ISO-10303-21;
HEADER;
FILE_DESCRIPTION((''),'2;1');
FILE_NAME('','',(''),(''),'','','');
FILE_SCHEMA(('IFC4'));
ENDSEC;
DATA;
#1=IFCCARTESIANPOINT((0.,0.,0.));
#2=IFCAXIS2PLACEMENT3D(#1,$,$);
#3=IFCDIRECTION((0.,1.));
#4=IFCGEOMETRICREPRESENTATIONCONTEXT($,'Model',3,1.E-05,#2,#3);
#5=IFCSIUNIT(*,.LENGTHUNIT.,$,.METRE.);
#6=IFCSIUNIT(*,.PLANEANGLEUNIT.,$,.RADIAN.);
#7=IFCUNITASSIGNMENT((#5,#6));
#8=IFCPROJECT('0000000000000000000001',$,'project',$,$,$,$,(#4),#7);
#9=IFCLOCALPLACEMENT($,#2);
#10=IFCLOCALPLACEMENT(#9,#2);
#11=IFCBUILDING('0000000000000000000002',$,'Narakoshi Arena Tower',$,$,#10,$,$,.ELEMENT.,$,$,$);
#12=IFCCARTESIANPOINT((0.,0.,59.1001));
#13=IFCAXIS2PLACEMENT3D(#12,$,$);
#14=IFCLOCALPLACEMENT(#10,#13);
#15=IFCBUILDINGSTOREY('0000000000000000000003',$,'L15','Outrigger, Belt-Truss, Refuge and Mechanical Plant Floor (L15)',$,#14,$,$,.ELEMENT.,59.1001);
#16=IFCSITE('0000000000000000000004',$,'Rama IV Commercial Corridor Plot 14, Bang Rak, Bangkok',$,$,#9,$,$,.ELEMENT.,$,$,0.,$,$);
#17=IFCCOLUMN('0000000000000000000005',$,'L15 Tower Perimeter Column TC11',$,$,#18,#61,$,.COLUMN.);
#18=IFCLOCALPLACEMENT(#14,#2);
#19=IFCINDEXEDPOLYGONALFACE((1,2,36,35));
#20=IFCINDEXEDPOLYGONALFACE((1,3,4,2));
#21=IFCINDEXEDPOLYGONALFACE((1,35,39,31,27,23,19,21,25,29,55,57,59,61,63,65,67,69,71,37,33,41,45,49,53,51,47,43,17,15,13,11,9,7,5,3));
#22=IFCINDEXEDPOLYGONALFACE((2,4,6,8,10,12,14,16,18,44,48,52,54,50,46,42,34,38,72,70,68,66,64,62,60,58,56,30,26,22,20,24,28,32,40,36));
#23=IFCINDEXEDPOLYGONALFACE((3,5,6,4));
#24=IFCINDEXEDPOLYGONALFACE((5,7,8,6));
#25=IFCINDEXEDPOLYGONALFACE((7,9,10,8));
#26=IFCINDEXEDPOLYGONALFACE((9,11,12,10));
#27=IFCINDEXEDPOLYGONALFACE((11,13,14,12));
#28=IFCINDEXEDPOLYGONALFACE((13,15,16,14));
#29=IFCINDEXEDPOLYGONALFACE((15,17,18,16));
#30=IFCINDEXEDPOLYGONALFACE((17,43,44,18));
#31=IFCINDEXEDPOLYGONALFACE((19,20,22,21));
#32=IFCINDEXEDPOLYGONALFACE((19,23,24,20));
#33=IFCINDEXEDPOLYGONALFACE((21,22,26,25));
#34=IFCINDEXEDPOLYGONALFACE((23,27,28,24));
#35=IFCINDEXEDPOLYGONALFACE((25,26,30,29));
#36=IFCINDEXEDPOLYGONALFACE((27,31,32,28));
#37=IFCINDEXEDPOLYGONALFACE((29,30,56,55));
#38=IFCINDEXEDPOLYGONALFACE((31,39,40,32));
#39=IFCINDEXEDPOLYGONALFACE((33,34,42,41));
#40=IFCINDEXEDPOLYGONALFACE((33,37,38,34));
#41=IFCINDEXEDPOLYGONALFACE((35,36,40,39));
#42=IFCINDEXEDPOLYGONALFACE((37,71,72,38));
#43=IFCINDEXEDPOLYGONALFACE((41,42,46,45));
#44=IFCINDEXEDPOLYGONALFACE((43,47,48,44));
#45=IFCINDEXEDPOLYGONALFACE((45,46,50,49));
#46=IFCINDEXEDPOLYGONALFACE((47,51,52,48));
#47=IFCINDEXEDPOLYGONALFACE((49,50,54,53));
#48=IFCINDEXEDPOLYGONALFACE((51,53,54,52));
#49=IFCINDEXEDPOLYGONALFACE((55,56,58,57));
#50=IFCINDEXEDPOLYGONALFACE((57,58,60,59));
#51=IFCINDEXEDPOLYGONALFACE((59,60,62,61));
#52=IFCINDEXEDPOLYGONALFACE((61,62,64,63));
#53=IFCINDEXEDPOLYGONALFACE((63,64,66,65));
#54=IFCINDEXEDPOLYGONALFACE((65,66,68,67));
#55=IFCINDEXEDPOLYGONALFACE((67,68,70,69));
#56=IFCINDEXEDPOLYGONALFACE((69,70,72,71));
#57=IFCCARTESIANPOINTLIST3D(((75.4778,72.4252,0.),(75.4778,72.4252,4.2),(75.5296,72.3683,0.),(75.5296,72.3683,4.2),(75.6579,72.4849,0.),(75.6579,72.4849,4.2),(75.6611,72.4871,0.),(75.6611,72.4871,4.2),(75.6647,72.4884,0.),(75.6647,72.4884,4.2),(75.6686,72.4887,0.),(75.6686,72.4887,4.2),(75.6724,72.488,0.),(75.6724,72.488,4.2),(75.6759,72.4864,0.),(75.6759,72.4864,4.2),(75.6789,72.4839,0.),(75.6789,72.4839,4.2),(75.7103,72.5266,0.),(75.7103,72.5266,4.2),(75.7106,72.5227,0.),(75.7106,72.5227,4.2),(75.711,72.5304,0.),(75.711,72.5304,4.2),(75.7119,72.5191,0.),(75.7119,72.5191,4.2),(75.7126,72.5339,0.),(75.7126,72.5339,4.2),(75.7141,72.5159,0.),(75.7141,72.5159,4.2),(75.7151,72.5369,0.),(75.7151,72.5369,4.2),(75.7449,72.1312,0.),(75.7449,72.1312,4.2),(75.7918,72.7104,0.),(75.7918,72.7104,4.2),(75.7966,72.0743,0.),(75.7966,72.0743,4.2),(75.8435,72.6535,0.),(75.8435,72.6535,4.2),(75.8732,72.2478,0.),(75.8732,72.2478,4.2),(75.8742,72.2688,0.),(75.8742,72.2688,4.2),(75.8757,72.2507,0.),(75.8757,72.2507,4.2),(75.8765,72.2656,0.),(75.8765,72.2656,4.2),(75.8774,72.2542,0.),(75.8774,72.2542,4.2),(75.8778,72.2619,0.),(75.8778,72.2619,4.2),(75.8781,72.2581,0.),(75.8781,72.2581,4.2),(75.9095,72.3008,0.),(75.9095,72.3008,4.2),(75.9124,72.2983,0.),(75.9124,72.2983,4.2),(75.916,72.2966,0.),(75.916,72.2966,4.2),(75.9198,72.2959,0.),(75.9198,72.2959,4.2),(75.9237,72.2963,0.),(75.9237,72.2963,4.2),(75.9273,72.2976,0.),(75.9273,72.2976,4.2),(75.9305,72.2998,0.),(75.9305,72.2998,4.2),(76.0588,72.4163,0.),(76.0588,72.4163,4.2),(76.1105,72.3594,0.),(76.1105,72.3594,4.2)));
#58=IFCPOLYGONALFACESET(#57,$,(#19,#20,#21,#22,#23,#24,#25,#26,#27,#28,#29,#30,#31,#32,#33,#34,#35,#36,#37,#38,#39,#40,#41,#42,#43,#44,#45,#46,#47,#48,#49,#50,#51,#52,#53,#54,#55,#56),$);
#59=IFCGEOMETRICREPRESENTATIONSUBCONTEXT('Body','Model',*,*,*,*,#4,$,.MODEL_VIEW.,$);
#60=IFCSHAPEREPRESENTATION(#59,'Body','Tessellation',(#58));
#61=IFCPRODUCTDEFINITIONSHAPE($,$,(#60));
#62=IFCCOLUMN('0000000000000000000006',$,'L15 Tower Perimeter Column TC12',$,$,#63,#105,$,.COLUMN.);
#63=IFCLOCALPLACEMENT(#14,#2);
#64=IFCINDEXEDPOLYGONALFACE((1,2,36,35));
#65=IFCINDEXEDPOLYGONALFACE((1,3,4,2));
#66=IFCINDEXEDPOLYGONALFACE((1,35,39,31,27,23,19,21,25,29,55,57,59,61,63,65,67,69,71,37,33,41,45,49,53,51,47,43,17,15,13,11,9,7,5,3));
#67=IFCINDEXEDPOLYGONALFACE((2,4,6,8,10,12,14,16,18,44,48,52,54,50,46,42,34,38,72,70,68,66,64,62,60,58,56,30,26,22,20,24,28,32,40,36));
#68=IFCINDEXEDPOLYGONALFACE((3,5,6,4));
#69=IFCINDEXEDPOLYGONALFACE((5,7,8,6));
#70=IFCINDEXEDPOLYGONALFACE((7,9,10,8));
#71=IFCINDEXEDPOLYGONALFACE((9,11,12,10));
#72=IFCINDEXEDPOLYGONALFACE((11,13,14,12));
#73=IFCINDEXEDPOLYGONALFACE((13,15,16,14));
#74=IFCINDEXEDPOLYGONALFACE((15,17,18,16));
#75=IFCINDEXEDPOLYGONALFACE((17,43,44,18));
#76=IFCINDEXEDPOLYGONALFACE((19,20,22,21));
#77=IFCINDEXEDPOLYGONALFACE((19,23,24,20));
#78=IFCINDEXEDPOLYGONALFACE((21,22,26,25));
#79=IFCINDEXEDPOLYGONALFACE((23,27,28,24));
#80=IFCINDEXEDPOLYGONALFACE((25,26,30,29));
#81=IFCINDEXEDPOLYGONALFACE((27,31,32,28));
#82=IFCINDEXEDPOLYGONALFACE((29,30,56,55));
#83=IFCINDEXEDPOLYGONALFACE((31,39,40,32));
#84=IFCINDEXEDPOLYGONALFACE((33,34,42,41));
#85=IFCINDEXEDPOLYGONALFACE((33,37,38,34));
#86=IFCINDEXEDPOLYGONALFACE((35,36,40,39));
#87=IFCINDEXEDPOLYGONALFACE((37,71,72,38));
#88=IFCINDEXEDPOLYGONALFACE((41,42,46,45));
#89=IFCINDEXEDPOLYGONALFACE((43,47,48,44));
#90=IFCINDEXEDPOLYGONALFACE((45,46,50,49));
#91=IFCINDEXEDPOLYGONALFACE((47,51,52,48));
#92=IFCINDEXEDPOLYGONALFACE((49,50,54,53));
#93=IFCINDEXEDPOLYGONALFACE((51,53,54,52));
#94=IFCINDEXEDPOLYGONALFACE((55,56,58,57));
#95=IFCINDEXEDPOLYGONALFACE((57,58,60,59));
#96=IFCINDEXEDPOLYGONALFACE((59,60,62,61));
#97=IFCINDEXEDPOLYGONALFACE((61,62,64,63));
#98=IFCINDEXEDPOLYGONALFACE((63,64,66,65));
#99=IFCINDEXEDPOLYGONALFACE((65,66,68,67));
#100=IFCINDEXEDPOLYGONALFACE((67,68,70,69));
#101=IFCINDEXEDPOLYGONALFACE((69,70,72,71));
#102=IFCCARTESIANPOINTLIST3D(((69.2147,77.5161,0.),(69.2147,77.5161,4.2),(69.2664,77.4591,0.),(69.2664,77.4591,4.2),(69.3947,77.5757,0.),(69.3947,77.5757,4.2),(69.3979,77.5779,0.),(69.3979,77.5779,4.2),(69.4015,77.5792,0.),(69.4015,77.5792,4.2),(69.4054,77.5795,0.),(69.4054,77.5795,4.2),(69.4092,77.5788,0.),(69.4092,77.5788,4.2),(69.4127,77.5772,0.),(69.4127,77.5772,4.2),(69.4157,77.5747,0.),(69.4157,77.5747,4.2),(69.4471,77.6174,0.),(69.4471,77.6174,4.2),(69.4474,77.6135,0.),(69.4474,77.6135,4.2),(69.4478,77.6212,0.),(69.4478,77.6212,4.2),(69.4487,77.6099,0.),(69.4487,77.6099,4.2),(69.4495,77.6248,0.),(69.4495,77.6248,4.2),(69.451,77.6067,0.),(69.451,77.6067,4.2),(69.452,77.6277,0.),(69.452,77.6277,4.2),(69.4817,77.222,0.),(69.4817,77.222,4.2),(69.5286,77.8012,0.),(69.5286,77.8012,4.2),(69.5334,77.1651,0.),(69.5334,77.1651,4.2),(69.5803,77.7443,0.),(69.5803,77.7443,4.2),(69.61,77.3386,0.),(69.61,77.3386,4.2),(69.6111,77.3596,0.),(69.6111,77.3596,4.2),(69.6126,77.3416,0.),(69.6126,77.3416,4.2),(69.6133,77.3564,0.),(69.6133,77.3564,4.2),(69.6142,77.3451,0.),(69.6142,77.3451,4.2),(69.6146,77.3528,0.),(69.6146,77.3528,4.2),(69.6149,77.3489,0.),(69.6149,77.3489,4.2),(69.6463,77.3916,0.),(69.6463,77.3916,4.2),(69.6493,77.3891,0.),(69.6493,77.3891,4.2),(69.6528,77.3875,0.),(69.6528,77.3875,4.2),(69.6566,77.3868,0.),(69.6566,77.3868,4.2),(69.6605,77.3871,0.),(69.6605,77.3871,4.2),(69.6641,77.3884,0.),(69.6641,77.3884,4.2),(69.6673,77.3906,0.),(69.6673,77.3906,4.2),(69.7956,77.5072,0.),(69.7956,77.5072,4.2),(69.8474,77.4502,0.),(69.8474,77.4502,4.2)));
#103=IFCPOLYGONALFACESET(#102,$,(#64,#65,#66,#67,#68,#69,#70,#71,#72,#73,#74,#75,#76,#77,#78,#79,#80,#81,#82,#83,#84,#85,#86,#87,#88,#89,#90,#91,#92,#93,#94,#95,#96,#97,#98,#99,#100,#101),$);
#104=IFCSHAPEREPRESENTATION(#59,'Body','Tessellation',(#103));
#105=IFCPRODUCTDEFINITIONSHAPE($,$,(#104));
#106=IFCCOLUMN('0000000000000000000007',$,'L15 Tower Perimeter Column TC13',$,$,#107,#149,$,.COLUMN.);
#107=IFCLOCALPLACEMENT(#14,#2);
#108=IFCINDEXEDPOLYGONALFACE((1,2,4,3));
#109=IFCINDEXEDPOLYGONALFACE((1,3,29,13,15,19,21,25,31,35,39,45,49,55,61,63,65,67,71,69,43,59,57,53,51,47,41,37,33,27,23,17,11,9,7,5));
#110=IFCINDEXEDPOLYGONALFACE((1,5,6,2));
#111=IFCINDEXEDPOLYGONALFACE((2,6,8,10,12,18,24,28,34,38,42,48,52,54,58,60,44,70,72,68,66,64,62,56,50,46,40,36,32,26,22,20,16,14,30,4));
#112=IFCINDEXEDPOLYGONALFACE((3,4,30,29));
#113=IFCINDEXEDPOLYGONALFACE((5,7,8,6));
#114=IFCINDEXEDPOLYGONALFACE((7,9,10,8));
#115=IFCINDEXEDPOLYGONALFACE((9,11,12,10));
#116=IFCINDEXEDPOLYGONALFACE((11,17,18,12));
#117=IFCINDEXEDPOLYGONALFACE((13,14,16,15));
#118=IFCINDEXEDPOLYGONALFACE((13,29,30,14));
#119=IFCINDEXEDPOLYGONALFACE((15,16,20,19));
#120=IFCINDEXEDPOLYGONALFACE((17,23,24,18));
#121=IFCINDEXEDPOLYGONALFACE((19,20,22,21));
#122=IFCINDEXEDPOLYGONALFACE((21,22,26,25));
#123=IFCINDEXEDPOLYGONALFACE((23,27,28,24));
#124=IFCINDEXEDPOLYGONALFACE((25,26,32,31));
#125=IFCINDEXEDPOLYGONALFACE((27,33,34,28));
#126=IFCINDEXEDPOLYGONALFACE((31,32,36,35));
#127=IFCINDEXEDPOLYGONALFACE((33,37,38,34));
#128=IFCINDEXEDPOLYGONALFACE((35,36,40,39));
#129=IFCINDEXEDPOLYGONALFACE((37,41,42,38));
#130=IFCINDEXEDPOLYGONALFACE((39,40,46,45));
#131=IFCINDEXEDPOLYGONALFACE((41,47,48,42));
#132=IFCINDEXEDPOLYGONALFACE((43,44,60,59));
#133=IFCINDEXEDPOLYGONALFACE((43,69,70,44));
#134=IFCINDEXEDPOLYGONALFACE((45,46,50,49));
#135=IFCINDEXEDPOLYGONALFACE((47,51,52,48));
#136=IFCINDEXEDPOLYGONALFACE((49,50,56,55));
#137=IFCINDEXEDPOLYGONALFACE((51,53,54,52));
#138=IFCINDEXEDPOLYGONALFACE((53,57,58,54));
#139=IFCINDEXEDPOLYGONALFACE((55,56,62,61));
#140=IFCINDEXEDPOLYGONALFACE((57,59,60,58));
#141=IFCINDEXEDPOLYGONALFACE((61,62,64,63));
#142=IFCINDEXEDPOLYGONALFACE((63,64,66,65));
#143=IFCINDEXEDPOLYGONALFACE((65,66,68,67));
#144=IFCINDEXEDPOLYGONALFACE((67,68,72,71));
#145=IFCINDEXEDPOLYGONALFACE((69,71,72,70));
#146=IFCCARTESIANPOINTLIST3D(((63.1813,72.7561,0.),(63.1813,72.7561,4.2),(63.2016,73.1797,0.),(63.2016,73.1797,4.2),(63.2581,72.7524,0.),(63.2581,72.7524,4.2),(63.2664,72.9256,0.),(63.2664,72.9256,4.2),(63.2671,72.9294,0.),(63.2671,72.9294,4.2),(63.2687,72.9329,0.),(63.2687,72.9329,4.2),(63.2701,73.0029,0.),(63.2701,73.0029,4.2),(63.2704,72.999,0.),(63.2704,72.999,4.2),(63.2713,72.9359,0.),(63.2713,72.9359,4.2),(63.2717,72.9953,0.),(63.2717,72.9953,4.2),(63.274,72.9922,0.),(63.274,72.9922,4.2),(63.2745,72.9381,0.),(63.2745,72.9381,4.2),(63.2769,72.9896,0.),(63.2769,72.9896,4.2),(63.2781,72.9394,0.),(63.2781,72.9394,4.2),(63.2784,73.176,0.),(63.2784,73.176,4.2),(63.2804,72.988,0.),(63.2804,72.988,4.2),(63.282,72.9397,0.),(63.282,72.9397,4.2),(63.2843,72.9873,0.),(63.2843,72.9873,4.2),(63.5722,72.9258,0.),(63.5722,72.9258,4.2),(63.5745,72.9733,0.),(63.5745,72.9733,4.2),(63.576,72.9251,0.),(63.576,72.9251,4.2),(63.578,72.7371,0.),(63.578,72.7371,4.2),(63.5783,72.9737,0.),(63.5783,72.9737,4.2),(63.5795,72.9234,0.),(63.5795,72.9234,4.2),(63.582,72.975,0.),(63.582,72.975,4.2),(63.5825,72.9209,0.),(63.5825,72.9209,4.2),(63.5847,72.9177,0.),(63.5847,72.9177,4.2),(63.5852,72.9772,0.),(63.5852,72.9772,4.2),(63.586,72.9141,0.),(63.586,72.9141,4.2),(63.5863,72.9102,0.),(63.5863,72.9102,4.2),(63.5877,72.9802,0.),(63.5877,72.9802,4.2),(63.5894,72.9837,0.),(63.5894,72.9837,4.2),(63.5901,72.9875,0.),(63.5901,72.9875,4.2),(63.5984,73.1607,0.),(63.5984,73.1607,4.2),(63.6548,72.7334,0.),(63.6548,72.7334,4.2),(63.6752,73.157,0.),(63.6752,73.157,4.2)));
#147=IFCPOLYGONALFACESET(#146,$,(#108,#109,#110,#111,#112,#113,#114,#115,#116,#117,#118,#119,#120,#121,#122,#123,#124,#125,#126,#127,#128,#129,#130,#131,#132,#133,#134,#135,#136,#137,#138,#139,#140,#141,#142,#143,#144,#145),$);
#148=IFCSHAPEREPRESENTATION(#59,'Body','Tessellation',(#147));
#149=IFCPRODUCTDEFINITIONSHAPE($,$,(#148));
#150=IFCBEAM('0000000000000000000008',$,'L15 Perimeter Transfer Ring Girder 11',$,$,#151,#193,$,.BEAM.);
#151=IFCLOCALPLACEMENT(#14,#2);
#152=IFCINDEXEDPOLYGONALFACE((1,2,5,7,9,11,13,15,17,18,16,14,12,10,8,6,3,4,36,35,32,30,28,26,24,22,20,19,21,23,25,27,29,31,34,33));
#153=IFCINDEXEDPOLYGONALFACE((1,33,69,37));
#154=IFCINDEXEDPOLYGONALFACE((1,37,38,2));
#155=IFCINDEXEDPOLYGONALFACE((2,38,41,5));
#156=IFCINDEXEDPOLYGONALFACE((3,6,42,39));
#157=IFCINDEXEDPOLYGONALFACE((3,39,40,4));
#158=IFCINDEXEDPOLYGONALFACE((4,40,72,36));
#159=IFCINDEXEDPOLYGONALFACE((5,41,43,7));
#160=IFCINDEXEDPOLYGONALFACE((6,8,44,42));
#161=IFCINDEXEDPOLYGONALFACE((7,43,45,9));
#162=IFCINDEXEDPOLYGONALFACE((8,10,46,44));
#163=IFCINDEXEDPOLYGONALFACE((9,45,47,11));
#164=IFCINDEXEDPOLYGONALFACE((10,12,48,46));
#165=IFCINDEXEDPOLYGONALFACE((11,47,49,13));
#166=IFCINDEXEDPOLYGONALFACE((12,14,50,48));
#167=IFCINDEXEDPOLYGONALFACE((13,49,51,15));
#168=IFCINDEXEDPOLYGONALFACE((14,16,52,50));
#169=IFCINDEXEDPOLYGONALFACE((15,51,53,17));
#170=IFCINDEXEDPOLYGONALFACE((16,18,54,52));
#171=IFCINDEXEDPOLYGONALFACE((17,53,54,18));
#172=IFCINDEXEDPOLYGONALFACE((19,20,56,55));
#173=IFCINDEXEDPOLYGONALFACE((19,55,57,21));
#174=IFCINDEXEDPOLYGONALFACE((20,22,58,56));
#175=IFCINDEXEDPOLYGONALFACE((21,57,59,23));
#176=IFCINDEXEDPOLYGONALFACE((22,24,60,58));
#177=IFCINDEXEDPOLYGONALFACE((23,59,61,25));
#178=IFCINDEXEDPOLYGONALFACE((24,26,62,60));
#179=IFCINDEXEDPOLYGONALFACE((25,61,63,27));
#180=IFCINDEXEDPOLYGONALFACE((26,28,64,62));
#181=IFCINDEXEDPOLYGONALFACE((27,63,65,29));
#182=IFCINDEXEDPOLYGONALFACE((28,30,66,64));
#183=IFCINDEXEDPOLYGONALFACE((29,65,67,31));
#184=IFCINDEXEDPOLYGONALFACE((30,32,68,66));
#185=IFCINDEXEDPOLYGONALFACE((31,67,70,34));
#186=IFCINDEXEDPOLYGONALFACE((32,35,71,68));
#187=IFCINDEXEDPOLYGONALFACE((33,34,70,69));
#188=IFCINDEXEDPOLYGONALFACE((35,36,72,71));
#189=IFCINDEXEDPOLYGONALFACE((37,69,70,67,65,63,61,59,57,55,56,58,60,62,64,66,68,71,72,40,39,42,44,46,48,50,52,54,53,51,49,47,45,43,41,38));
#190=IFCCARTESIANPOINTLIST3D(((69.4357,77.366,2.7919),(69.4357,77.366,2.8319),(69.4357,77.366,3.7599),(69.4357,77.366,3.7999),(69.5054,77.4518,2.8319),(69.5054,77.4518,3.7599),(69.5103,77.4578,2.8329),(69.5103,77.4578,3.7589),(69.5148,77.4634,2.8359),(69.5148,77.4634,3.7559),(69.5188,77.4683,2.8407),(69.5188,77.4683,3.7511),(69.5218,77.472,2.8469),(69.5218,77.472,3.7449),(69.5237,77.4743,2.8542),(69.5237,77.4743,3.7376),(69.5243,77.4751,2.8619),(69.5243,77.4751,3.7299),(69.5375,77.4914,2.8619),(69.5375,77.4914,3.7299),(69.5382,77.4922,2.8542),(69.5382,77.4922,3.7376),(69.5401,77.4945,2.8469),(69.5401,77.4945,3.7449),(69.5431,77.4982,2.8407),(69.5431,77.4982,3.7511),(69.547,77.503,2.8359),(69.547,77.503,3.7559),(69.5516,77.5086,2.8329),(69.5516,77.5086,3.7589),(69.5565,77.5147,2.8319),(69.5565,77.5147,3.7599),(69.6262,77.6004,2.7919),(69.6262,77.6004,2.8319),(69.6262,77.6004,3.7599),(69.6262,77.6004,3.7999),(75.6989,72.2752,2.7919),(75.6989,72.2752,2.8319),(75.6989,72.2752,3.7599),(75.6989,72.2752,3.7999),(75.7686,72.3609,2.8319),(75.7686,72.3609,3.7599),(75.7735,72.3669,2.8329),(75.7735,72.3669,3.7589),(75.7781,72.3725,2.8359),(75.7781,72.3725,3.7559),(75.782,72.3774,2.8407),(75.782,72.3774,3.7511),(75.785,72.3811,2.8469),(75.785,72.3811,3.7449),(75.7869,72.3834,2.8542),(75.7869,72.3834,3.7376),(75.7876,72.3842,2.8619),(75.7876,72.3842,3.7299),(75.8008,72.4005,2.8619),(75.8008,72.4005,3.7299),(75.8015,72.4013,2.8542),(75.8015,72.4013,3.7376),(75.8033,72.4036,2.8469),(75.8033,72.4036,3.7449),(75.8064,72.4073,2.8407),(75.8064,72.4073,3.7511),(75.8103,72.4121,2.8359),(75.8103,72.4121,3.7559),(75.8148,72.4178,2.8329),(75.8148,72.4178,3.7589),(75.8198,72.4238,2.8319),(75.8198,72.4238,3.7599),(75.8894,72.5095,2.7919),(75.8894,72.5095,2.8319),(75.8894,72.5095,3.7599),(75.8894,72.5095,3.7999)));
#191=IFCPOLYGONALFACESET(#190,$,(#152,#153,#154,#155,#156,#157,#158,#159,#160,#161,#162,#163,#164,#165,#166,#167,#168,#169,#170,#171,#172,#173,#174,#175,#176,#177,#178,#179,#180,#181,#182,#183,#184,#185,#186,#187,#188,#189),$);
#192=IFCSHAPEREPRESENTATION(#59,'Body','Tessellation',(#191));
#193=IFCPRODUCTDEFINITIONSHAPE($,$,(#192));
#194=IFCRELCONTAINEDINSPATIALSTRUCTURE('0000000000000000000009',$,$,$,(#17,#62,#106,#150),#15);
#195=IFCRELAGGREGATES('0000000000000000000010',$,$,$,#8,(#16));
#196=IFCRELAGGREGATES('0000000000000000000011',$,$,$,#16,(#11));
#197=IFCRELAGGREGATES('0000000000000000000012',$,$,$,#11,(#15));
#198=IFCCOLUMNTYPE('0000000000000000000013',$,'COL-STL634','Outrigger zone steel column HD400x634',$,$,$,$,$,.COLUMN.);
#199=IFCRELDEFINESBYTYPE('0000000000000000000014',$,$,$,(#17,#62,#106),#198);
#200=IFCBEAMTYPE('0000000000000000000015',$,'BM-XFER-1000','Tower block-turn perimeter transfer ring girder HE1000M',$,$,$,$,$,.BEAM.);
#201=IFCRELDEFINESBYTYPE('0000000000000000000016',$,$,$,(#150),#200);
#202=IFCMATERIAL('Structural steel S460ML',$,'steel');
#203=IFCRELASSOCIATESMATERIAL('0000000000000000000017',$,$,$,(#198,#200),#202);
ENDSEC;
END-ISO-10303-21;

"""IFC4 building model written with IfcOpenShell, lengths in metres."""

from ifc_helpers import new_model, si_unit, direction, frame, origin, origin_2d, place, context, subcontext, project, spatial, i_section, extrude, material, material_profile, profile_set, type_object, element, save


model = new_model("IFC4")

# Units and contexts
model_context = context("Model", 3, precision=1e-05, world=origin(), true_north=direction((0.0, 1.0)))
body_context = subcontext(model_context, "Body", "Model", "MODEL_VIEW")
ifc_project = project(units=[si_unit("LENGTHUNIT", "METRE"), si_unit("PLANEANGLEUNIT", "RADIAN")], contexts=[model_context])

# Site, building, storey
site_placement = place(None, origin())
site = spatial("IfcSite", under=ifc_project, at=site_placement, Name="Rama IV Commercial Corridor Plot 14, Bang Rak, Bangkok", CompositionType="ELEMENT", RefElevation=0.0)
building_placement = place(site_placement, origin())
building = spatial("IfcBuilding", under=site, at=building_placement, Name="Narakoshi Arena Tower", CompositionType="ELEMENT")
storey_placement = place(building_placement, frame((0.0, 0.0, 59.1001)))
storey = spatial("IfcBuildingStorey", under=building, at=storey_placement, Name="L15", Description="Outrigger, Belt-Truss, Refuge and Mechanical Plant Floor (L15)", CompositionType="ELEMENT", Elevation=59.1001)

# Columns
ifc_material_1 = material(Name="Structural steel S460ML", Category="steel")
ifc_material_profile_1 = material_profile(ifc_material_1, i_section(OverallWidth=0.4241, OverallDepth=0.4741, WebThickness=0.0476, FlangeThickness=0.0769, FilletRadius=0.0149, at=origin_2d()), Name="HD400x634")
ifc_profile_set_1 = profile_set([ifc_material_profile_1], Name="Structural steel S460ML")
column_type = type_object("IfcColumnType", Name="COL-STL634", Description="Outrigger zone steel column HD400x634", PredefinedType="COLUMN", material=ifc_profile_set_1)
for number, where, z_axis, x_axis, name in (
    (1, (75.7942, 72.3923, 0.0), (0.0, 0.0, 1.0), (0.740218, 0.672367, 0.0), "L15 Tower Perimeter Column TC11"),
    (2, (69.531, 77.4832, 0.0), (0.0, 0.0, 1.0), (0.740218, 0.672367, 0.0), "L15 Tower Perimeter Column TC12"),
    (3, (63.4282, 72.9565, 0.0), (0.0, 0.0, 1.0), (0.047978, 0.998848, 0.0), "L15 Tower Perimeter Column TC13"),
):
    element("IfcColumn", number, at=place(storey_placement, frame(where, z_axis=z_axis, x_axis=x_axis)), inside=storey, type_object=column_type, Name=name, PredefinedType="COLUMN", context=body_context, shape_type="SweptSolid", body=[
        extrude(i_section(OverallWidth=0.4241, OverallDepth=0.4741, WebThickness=0.0476, FlangeThickness=0.0769, FilletRadius=0.0149, at=origin_2d()), origin(), (0.0, 0.0, 1.0), 4.2),
    ])

# Beam
ifc_material_profile_2 = material_profile(ifc_material_1, i_section(OverallWidth=0.302, OverallDepth=1.0081, WebThickness=0.021, FlangeThickness=0.04, FilletRadius=0.03, at=origin_2d()), Name="HE1000M")
ifc_profile_set_2 = profile_set([ifc_material_profile_2], Name="Structural steel S460ML")
beam_type = type_object("IfcBeamType", Name="BM-XFER-1000", Description="Tower block-turn perimeter transfer ring girder HE1000M", PredefinedType="BEAM", material=ifc_profile_set_2)
beam_1_placement = place(storey_placement, frame((75.7942, 72.3923, 3.2959), z_axis=(-0.775994, 0.630741, 0.0), x_axis=(-0.630741, -0.775994, 0.0)))
element("IfcBeam", 4, at=beam_1_placement, inside=storey, type_object=beam_type, Name="L15 Perimeter Transfer Ring Girder 11", PredefinedType="BEAM", context=body_context, shape_type="SweptSolid", body=[
    extrude(i_section(OverallWidth=0.302, OverallDepth=1.0081, WebThickness=0.021, FlangeThickness=0.04, FilletRadius=0.03, at=origin_2d()), origin(), (0.0, 0.0, 1.0), 8.0713),
])

save(model, "model.ifc")
